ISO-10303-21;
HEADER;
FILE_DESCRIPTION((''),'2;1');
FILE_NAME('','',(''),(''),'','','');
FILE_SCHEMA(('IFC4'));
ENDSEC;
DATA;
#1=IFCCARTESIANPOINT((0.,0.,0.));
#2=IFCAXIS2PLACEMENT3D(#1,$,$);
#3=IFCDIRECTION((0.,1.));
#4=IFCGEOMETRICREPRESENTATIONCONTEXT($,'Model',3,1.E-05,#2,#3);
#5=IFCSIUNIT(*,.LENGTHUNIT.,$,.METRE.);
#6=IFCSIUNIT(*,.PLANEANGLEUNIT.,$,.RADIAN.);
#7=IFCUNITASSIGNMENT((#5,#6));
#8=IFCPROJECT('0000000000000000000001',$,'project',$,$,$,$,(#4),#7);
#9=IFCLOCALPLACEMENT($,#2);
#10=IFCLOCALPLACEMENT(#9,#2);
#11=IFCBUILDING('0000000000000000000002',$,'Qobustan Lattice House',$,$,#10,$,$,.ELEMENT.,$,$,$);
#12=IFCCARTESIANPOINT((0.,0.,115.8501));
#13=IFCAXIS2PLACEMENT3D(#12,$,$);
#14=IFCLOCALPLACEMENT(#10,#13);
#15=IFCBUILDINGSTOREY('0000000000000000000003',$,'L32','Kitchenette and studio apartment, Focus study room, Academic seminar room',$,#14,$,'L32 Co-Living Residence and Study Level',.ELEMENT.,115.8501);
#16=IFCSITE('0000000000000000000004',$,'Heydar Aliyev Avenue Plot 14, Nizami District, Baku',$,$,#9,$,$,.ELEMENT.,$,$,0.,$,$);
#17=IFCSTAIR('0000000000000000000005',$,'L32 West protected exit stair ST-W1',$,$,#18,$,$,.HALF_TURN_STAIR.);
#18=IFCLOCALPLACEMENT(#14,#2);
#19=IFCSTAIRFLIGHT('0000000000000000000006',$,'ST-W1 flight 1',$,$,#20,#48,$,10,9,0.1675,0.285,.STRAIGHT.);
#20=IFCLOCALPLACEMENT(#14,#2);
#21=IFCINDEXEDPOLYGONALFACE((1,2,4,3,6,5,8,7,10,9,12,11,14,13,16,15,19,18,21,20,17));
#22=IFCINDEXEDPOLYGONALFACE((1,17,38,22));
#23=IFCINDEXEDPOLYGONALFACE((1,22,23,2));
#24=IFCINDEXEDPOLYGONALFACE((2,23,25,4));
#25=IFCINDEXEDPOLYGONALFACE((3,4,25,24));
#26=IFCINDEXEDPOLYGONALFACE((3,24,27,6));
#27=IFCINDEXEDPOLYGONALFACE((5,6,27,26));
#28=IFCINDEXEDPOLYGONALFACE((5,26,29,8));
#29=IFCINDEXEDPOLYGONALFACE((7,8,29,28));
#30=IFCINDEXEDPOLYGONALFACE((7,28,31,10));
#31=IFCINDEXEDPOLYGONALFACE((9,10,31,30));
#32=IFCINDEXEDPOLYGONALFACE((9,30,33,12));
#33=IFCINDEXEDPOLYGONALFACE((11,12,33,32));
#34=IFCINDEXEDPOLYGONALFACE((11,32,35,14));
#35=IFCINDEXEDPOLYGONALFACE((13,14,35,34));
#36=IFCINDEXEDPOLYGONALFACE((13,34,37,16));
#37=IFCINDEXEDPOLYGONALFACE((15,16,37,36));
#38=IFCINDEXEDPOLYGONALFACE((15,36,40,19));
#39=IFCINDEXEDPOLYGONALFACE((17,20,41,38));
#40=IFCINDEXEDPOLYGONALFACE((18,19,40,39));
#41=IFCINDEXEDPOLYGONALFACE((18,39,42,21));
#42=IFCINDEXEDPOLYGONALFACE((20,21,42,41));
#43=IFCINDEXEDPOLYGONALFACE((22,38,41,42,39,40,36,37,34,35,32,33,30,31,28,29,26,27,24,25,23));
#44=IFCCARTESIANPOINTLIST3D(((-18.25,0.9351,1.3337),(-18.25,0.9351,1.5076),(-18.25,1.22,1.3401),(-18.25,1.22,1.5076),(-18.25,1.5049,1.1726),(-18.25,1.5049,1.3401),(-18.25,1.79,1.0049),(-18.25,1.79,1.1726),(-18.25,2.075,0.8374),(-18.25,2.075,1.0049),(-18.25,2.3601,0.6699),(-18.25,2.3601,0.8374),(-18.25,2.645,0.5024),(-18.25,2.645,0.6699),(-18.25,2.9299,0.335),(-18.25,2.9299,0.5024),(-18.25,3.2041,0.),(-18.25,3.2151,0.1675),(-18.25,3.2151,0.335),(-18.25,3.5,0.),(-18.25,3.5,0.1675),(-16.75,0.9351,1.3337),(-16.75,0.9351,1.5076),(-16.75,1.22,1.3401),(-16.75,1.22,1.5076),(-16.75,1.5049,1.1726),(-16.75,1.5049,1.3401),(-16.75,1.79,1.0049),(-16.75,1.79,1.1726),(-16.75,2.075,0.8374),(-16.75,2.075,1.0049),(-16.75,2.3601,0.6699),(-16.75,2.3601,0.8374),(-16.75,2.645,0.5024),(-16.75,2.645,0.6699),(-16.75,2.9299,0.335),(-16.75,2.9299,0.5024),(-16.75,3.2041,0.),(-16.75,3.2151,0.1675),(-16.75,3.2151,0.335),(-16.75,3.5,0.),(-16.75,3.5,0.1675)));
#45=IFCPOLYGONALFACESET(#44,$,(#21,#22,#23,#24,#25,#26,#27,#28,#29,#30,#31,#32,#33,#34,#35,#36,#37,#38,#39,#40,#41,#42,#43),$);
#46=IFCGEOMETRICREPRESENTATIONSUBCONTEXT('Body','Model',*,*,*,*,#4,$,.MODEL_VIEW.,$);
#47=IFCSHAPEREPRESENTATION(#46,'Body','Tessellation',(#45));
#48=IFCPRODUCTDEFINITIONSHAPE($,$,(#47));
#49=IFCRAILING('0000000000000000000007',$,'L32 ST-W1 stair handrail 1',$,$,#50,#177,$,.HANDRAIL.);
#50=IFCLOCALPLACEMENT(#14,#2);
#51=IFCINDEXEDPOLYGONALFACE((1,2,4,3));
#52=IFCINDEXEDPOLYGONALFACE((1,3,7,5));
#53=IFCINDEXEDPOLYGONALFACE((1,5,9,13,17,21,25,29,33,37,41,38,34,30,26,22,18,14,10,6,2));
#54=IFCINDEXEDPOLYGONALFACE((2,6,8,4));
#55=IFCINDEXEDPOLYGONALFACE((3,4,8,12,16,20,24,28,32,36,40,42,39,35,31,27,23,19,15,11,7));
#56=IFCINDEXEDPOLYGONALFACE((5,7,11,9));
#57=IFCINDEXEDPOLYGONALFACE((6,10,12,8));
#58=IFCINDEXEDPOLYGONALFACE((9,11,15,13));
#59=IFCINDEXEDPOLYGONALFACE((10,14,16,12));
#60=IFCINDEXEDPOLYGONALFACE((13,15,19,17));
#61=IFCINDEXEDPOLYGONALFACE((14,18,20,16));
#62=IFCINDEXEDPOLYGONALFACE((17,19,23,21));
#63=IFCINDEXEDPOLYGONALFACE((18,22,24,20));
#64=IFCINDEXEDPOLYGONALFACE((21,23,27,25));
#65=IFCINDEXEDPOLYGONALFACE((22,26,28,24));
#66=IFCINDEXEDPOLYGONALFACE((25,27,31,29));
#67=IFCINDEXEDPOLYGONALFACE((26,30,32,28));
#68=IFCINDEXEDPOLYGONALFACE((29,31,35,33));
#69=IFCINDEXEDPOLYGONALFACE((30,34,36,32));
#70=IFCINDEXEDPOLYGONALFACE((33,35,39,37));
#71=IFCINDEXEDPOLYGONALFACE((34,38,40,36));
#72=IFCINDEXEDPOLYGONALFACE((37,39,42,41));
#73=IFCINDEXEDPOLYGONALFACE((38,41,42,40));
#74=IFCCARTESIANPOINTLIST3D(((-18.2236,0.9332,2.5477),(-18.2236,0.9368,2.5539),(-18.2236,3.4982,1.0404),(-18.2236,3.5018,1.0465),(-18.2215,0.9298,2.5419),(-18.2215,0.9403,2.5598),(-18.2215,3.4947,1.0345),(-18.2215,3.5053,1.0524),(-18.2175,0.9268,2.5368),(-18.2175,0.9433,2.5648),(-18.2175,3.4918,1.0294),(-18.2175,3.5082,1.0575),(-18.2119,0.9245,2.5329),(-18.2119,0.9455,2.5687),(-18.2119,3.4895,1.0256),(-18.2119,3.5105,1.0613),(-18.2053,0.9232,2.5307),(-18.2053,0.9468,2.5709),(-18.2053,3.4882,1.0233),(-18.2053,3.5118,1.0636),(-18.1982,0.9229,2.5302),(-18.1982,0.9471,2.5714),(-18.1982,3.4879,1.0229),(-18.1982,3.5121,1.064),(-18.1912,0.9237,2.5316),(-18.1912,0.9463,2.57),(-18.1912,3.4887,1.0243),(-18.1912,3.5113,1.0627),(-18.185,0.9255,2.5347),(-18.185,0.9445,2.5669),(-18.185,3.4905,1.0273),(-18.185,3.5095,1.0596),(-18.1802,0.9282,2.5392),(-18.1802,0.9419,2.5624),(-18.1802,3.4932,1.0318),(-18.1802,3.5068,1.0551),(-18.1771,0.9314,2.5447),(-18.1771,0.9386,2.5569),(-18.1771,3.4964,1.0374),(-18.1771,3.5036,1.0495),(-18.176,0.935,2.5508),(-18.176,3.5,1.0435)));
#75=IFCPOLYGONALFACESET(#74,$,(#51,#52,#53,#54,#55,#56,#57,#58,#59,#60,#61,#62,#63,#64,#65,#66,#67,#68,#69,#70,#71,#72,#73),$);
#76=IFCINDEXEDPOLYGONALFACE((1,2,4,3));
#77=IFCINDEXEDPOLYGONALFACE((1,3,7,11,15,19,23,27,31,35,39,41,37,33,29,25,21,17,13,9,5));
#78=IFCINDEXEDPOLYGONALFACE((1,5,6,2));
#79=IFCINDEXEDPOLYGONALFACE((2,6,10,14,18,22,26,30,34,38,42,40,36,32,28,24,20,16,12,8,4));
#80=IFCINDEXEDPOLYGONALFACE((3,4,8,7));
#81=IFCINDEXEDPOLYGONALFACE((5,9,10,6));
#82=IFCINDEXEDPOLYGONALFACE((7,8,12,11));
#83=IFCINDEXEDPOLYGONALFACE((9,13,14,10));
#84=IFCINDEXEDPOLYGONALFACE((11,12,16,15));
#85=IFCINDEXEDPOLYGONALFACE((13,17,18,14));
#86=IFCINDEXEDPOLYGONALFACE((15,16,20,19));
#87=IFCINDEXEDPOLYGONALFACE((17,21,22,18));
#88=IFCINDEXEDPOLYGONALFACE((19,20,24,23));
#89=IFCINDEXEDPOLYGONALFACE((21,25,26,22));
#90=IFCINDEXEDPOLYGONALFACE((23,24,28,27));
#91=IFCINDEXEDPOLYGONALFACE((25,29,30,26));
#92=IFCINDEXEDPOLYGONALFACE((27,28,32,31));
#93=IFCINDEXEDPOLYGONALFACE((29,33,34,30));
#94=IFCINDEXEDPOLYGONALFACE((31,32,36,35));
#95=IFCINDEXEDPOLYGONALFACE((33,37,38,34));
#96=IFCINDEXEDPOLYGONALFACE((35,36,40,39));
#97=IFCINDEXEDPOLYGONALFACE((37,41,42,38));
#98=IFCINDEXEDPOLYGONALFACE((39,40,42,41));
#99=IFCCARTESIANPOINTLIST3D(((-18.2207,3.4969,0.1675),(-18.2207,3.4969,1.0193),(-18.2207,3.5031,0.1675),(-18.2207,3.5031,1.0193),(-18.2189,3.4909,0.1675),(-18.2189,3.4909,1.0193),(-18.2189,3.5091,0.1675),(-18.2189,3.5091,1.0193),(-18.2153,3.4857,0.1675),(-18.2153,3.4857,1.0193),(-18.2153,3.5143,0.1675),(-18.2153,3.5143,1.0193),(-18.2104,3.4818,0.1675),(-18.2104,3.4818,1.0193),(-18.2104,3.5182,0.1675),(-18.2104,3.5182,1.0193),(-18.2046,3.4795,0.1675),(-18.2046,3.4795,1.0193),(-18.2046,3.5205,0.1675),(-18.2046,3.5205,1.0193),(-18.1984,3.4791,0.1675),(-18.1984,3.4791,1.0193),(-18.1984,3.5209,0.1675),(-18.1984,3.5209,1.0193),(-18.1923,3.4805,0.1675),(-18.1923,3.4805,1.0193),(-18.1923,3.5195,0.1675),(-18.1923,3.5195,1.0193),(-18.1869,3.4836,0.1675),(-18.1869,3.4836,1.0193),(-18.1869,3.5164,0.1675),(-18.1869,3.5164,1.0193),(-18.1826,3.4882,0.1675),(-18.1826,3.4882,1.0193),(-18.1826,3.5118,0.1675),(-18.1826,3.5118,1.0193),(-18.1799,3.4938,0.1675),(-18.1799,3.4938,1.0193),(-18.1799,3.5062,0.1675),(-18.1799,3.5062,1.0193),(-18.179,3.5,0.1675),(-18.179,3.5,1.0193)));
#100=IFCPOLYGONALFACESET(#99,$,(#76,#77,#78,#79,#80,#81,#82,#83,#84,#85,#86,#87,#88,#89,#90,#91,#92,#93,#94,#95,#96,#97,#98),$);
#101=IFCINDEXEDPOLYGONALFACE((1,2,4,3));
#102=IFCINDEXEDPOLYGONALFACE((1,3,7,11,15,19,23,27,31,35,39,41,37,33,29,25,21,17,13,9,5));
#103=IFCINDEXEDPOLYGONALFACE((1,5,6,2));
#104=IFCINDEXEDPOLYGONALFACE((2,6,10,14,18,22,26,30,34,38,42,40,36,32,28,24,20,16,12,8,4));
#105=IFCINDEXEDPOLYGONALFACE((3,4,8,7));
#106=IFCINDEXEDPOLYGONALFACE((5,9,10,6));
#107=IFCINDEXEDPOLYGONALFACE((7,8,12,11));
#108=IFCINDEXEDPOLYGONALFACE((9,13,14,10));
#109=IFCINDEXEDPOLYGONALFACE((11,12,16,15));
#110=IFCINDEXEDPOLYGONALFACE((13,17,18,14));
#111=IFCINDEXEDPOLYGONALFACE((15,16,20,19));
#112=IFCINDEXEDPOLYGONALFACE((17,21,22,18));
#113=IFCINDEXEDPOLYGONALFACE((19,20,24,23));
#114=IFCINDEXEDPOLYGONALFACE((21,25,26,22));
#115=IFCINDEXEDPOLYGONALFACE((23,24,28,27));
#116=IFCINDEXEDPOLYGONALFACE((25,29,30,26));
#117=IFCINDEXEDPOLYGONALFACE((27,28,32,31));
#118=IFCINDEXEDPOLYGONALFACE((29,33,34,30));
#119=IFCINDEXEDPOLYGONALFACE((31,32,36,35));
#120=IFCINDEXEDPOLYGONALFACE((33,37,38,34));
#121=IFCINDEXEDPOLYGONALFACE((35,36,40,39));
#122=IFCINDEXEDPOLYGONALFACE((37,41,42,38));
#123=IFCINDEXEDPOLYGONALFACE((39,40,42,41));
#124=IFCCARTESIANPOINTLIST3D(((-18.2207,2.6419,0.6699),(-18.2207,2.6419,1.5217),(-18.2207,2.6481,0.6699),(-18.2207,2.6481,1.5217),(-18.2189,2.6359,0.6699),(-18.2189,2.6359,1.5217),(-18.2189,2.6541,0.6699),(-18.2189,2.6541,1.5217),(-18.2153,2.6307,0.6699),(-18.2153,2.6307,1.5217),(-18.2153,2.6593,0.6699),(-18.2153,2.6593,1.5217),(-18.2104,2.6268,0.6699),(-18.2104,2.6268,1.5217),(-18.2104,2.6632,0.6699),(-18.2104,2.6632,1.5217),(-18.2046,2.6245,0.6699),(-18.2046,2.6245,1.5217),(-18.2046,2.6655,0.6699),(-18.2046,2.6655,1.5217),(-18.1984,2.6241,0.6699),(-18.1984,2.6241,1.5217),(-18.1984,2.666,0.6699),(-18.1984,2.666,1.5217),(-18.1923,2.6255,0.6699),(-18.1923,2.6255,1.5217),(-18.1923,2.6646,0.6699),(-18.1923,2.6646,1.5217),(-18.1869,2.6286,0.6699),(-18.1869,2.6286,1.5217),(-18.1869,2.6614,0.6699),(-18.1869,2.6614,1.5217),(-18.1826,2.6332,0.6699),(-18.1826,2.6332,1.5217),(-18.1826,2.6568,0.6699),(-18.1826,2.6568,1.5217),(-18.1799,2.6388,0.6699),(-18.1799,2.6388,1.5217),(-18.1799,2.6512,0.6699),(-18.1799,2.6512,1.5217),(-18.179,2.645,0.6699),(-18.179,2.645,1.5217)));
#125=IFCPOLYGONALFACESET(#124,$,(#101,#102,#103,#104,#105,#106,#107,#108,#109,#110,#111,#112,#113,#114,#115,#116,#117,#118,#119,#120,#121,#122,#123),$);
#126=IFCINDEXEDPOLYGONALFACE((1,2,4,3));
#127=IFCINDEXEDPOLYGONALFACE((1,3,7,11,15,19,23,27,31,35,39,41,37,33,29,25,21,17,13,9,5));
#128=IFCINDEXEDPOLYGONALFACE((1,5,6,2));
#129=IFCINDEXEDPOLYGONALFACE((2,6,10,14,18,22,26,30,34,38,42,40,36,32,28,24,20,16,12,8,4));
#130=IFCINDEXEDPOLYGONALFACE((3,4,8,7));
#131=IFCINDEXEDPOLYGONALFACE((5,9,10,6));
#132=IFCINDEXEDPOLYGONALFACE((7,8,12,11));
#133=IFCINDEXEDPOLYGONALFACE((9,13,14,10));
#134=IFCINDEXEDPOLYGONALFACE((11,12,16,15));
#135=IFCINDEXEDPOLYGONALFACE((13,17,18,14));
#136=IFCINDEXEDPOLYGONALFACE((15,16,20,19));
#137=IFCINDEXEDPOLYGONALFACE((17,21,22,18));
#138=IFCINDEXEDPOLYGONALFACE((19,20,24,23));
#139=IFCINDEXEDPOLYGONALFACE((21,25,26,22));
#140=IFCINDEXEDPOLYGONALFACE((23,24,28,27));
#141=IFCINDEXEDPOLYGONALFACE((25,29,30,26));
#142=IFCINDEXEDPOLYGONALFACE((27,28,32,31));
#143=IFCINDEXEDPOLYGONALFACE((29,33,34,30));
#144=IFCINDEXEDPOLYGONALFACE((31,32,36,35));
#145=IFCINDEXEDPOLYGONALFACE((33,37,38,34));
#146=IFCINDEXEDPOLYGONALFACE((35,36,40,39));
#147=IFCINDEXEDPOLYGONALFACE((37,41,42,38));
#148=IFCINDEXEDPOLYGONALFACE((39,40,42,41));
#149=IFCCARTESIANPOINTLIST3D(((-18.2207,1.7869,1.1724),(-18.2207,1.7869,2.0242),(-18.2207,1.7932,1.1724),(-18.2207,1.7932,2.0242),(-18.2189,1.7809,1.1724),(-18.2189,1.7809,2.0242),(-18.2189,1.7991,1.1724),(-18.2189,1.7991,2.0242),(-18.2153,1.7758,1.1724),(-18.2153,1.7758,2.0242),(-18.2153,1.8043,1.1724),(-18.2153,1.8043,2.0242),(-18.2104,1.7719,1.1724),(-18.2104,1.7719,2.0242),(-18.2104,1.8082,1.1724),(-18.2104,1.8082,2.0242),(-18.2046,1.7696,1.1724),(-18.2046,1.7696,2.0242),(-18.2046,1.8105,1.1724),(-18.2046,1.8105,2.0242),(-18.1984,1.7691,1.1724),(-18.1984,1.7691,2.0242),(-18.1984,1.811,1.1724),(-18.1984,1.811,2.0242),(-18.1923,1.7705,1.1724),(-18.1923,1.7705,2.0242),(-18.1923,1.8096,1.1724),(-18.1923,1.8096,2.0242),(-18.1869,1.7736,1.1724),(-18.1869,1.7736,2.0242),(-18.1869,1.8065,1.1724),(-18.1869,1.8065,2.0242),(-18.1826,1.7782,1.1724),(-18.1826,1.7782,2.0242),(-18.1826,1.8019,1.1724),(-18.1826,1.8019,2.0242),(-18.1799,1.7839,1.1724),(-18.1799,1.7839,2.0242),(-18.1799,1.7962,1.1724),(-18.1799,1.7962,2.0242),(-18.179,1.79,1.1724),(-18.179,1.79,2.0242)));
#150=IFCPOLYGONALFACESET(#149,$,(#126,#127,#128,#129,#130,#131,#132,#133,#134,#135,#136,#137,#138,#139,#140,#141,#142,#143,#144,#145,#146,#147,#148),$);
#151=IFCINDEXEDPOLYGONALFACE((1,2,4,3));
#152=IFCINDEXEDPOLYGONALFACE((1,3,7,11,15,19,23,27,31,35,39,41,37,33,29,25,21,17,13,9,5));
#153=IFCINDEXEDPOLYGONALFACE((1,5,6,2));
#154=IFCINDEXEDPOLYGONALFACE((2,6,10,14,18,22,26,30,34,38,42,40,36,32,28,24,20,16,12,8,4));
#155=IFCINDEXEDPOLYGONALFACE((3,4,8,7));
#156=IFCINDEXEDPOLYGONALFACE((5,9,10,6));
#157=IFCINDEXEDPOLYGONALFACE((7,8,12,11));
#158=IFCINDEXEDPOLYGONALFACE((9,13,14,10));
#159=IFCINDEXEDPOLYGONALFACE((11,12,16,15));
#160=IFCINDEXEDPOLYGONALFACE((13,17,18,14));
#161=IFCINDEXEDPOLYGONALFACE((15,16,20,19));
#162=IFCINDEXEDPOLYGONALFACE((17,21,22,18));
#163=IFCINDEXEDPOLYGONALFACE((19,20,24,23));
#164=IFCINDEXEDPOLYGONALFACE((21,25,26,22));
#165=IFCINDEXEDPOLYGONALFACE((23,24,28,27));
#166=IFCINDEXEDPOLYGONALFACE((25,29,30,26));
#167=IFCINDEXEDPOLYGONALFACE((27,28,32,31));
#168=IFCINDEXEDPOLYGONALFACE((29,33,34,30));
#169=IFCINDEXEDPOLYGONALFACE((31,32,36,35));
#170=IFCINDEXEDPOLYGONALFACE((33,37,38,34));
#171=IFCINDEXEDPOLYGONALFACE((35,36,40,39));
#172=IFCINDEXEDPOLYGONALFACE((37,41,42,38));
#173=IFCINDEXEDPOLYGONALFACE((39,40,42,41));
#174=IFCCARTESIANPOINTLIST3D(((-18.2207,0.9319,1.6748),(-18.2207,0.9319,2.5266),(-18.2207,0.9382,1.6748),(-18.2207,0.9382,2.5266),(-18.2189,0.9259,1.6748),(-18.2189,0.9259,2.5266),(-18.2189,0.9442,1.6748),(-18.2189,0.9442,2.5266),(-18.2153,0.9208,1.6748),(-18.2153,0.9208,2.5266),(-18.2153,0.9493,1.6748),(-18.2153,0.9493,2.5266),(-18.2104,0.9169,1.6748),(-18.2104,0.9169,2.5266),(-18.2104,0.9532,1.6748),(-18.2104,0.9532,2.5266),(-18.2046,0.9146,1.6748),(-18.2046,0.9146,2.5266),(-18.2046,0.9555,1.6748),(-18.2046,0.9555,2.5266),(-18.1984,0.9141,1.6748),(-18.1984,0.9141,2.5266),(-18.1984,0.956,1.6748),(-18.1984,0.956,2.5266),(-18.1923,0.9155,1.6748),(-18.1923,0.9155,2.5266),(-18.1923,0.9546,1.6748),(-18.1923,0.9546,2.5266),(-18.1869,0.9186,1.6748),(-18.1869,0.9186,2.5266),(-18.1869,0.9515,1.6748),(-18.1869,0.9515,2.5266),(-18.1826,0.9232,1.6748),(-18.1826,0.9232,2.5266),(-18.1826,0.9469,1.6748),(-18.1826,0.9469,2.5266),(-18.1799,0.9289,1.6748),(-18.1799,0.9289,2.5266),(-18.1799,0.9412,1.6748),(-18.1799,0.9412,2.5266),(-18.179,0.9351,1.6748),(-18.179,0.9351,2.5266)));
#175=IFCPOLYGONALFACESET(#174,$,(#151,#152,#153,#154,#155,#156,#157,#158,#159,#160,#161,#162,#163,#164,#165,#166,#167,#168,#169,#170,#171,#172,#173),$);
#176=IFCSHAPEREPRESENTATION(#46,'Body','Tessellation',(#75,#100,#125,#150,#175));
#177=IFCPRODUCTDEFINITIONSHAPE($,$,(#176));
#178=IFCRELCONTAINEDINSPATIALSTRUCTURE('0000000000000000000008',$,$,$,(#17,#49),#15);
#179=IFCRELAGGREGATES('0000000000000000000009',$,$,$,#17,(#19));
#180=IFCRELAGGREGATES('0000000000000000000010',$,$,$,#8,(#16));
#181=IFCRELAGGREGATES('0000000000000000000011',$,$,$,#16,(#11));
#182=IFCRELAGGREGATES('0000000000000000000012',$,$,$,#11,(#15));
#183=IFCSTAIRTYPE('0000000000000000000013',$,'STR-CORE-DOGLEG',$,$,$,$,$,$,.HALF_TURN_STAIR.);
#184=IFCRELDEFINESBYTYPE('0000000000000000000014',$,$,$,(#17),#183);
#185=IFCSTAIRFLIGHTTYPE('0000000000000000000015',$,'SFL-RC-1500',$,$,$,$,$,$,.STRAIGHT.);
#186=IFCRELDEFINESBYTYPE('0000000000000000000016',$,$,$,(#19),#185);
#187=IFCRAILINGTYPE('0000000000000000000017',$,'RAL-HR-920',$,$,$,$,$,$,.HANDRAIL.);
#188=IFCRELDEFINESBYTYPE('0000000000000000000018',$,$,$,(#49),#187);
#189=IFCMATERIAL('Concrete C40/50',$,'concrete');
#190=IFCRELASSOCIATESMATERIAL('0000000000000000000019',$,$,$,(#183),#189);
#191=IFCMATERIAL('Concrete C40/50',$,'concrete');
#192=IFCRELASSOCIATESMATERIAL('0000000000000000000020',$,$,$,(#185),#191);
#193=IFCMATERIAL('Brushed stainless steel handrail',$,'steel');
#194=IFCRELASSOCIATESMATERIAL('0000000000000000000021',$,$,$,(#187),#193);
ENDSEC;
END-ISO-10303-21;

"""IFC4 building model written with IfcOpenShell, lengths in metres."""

from ifc_helpers import new_model, si_unit, direction, frame, origin, origin_2d, place, context, subcontext, project, spatial, polyline, circle, outline, extrude, material, type_object, element, aggregate, save


model = new_model("IFC4")

# Units and contexts
model_context = context("Model", 3, precision=1e-05, world=origin(), true_north=direction((0.0, 1.0)))
body_context = subcontext(model_context, "Body", "Model", "MODEL_VIEW")
ifc_project = project(units=[si_unit("LENGTHUNIT", "METRE"), si_unit("PLANEANGLEUNIT", "RADIAN")], contexts=[model_context])

# Site, building, storey
site_placement = place(None, origin())
site = spatial("IfcSite", under=ifc_project, at=site_placement, Name="Heydar Aliyev Avenue Plot 14, Nizami District, Baku", CompositionType="ELEMENT", RefElevation=0.0)
building_placement = place(site_placement, origin())
building = spatial("IfcBuilding", under=site, at=building_placement, Name="Qobustan Lattice House", CompositionType="ELEMENT")
storey_placement = place(building_placement, frame((0.0, 0.0, 115.8501)))
storey = spatial("IfcBuildingStorey", under=building, at=storey_placement, Name="L32", Description="Kitchenette and studio apartment, Focus study room, Academic seminar room", LongName="L32 Co-Living Residence and Study Level", CompositionType="ELEMENT", Elevation=115.8501)

# Stair, stair flight
ifc_material_1 = material(Name="Concrete C40/50", Category="concrete")
stair_type = type_object("IfcStairType", Name="STR-CORE-DOGLEG", PredefinedType="HALF_TURN_STAIR", material=ifc_material_1)
stair_placement = place(storey_placement, origin())
stair = element("IfcStair", 1, at=stair_placement, inside=storey, type_object=stair_type, Name="L32 West protected exit stair ST-W1", PredefinedType="HALF_TURN_STAIR")
ifc_material_2 = material(Name="Concrete C40/50", Category="concrete")
stair_flight_type = type_object("IfcStairFlightType", Name="SFL-RC-1500", PredefinedType="STRAIGHT", material=ifc_material_2)
stair_flight_placement = place(storey_placement, frame((-17.5, 3.5, 0.0), z_axis=(0.0, 0.0, 1.0), x_axis=(0.0, -1.0, 0.0)))
stair_flight = element("IfcStairFlight", 2, at=stair_flight_placement, type_object=stair_flight_type, Name="ST-W1 flight 1", NumberOfRisers=10, NumberOfTreads=9, PredefinedType="STRAIGHT", RiserHeight=0.1675, TreadLength=0.285, context=body_context, shape_type="SweptSolid", body=[
    extrude(outline(polyline([(0.0, 0.0), (0.0, 0.1675), (0.2849, 0.1675), (0.2849, 0.335), (0.5701, 0.335), (0.5701, 0.5024), (0.855, 0.5024), (0.855, 0.6699), (1.1399, 0.6699), (1.1399, 0.8374), (1.425, 0.8374), (1.425, 1.0049), (1.71, 1.0049), (1.71, 1.1726), (1.9951, 1.1726), (1.9951, 1.3401), (2.28, 1.3401), (2.28, 1.5076), (2.5649, 1.5076), (2.5649, 1.675), (2.5649, 1.3337), (0.2959, 0.0), (0.0, 0.0)])), frame((0.0, 0.75, 0.0), z_axis=(0.0, -1.0, 0.0), x_axis=(1.0, 0.0, 0.0)), (0.0, 0.0, 1.0), 1.5),
])
aggregate(stair, [stair_flight])

# Railing
ifc_material_3 = material(Name="Brushed stainless steel handrail", Category="steel")
railing_type_1 = type_object("IfcRailingType", Name="RAL-HR-920", PredefinedType="HANDRAIL", material=ifc_material_3)
railing_1_placement = place(storey_placement, frame((-18.2, 3.5, 0.1675)))
element("IfcRailing", 3, at=railing_1_placement, inside=storey, type_object=railing_type_1, Name="L32 ST-W1 stair handrail 1", PredefinedType="HANDRAIL", context=body_context, shape_type="SweptSolid", body=[
    extrude(circle(Radius=0.0239, at=origin_2d()), frame((0.0, 0.0, 0.876), z_axis=(0.0, -0.862149, 0.506654), x_axis=(1.0, 0.0, 0.0)), (0.0, 0.0, 1.0), 2.9751),
    extrude(circle(Radius=0.021, at=origin_2d()), origin(), (0.0, 0.0, 1.0), 0.8518),
    extrude(circle(Radius=0.021, at=origin_2d()), frame((0.0, -0.855, 0.5024)), (0.0, 0.0, 1.0), 0.8518),
    extrude(circle(Radius=0.021, at=origin_2d()), frame((0.0, -1.71, 1.0049)), (0.0, 0.0, 1.0), 0.8518),
    extrude(circle(Radius=0.021, at=origin_2d()), frame((0.0, -2.5649, 1.5073)), (0.0, 0.0, 1.0), 0.8518),
])

save(model, "model.ifc")
